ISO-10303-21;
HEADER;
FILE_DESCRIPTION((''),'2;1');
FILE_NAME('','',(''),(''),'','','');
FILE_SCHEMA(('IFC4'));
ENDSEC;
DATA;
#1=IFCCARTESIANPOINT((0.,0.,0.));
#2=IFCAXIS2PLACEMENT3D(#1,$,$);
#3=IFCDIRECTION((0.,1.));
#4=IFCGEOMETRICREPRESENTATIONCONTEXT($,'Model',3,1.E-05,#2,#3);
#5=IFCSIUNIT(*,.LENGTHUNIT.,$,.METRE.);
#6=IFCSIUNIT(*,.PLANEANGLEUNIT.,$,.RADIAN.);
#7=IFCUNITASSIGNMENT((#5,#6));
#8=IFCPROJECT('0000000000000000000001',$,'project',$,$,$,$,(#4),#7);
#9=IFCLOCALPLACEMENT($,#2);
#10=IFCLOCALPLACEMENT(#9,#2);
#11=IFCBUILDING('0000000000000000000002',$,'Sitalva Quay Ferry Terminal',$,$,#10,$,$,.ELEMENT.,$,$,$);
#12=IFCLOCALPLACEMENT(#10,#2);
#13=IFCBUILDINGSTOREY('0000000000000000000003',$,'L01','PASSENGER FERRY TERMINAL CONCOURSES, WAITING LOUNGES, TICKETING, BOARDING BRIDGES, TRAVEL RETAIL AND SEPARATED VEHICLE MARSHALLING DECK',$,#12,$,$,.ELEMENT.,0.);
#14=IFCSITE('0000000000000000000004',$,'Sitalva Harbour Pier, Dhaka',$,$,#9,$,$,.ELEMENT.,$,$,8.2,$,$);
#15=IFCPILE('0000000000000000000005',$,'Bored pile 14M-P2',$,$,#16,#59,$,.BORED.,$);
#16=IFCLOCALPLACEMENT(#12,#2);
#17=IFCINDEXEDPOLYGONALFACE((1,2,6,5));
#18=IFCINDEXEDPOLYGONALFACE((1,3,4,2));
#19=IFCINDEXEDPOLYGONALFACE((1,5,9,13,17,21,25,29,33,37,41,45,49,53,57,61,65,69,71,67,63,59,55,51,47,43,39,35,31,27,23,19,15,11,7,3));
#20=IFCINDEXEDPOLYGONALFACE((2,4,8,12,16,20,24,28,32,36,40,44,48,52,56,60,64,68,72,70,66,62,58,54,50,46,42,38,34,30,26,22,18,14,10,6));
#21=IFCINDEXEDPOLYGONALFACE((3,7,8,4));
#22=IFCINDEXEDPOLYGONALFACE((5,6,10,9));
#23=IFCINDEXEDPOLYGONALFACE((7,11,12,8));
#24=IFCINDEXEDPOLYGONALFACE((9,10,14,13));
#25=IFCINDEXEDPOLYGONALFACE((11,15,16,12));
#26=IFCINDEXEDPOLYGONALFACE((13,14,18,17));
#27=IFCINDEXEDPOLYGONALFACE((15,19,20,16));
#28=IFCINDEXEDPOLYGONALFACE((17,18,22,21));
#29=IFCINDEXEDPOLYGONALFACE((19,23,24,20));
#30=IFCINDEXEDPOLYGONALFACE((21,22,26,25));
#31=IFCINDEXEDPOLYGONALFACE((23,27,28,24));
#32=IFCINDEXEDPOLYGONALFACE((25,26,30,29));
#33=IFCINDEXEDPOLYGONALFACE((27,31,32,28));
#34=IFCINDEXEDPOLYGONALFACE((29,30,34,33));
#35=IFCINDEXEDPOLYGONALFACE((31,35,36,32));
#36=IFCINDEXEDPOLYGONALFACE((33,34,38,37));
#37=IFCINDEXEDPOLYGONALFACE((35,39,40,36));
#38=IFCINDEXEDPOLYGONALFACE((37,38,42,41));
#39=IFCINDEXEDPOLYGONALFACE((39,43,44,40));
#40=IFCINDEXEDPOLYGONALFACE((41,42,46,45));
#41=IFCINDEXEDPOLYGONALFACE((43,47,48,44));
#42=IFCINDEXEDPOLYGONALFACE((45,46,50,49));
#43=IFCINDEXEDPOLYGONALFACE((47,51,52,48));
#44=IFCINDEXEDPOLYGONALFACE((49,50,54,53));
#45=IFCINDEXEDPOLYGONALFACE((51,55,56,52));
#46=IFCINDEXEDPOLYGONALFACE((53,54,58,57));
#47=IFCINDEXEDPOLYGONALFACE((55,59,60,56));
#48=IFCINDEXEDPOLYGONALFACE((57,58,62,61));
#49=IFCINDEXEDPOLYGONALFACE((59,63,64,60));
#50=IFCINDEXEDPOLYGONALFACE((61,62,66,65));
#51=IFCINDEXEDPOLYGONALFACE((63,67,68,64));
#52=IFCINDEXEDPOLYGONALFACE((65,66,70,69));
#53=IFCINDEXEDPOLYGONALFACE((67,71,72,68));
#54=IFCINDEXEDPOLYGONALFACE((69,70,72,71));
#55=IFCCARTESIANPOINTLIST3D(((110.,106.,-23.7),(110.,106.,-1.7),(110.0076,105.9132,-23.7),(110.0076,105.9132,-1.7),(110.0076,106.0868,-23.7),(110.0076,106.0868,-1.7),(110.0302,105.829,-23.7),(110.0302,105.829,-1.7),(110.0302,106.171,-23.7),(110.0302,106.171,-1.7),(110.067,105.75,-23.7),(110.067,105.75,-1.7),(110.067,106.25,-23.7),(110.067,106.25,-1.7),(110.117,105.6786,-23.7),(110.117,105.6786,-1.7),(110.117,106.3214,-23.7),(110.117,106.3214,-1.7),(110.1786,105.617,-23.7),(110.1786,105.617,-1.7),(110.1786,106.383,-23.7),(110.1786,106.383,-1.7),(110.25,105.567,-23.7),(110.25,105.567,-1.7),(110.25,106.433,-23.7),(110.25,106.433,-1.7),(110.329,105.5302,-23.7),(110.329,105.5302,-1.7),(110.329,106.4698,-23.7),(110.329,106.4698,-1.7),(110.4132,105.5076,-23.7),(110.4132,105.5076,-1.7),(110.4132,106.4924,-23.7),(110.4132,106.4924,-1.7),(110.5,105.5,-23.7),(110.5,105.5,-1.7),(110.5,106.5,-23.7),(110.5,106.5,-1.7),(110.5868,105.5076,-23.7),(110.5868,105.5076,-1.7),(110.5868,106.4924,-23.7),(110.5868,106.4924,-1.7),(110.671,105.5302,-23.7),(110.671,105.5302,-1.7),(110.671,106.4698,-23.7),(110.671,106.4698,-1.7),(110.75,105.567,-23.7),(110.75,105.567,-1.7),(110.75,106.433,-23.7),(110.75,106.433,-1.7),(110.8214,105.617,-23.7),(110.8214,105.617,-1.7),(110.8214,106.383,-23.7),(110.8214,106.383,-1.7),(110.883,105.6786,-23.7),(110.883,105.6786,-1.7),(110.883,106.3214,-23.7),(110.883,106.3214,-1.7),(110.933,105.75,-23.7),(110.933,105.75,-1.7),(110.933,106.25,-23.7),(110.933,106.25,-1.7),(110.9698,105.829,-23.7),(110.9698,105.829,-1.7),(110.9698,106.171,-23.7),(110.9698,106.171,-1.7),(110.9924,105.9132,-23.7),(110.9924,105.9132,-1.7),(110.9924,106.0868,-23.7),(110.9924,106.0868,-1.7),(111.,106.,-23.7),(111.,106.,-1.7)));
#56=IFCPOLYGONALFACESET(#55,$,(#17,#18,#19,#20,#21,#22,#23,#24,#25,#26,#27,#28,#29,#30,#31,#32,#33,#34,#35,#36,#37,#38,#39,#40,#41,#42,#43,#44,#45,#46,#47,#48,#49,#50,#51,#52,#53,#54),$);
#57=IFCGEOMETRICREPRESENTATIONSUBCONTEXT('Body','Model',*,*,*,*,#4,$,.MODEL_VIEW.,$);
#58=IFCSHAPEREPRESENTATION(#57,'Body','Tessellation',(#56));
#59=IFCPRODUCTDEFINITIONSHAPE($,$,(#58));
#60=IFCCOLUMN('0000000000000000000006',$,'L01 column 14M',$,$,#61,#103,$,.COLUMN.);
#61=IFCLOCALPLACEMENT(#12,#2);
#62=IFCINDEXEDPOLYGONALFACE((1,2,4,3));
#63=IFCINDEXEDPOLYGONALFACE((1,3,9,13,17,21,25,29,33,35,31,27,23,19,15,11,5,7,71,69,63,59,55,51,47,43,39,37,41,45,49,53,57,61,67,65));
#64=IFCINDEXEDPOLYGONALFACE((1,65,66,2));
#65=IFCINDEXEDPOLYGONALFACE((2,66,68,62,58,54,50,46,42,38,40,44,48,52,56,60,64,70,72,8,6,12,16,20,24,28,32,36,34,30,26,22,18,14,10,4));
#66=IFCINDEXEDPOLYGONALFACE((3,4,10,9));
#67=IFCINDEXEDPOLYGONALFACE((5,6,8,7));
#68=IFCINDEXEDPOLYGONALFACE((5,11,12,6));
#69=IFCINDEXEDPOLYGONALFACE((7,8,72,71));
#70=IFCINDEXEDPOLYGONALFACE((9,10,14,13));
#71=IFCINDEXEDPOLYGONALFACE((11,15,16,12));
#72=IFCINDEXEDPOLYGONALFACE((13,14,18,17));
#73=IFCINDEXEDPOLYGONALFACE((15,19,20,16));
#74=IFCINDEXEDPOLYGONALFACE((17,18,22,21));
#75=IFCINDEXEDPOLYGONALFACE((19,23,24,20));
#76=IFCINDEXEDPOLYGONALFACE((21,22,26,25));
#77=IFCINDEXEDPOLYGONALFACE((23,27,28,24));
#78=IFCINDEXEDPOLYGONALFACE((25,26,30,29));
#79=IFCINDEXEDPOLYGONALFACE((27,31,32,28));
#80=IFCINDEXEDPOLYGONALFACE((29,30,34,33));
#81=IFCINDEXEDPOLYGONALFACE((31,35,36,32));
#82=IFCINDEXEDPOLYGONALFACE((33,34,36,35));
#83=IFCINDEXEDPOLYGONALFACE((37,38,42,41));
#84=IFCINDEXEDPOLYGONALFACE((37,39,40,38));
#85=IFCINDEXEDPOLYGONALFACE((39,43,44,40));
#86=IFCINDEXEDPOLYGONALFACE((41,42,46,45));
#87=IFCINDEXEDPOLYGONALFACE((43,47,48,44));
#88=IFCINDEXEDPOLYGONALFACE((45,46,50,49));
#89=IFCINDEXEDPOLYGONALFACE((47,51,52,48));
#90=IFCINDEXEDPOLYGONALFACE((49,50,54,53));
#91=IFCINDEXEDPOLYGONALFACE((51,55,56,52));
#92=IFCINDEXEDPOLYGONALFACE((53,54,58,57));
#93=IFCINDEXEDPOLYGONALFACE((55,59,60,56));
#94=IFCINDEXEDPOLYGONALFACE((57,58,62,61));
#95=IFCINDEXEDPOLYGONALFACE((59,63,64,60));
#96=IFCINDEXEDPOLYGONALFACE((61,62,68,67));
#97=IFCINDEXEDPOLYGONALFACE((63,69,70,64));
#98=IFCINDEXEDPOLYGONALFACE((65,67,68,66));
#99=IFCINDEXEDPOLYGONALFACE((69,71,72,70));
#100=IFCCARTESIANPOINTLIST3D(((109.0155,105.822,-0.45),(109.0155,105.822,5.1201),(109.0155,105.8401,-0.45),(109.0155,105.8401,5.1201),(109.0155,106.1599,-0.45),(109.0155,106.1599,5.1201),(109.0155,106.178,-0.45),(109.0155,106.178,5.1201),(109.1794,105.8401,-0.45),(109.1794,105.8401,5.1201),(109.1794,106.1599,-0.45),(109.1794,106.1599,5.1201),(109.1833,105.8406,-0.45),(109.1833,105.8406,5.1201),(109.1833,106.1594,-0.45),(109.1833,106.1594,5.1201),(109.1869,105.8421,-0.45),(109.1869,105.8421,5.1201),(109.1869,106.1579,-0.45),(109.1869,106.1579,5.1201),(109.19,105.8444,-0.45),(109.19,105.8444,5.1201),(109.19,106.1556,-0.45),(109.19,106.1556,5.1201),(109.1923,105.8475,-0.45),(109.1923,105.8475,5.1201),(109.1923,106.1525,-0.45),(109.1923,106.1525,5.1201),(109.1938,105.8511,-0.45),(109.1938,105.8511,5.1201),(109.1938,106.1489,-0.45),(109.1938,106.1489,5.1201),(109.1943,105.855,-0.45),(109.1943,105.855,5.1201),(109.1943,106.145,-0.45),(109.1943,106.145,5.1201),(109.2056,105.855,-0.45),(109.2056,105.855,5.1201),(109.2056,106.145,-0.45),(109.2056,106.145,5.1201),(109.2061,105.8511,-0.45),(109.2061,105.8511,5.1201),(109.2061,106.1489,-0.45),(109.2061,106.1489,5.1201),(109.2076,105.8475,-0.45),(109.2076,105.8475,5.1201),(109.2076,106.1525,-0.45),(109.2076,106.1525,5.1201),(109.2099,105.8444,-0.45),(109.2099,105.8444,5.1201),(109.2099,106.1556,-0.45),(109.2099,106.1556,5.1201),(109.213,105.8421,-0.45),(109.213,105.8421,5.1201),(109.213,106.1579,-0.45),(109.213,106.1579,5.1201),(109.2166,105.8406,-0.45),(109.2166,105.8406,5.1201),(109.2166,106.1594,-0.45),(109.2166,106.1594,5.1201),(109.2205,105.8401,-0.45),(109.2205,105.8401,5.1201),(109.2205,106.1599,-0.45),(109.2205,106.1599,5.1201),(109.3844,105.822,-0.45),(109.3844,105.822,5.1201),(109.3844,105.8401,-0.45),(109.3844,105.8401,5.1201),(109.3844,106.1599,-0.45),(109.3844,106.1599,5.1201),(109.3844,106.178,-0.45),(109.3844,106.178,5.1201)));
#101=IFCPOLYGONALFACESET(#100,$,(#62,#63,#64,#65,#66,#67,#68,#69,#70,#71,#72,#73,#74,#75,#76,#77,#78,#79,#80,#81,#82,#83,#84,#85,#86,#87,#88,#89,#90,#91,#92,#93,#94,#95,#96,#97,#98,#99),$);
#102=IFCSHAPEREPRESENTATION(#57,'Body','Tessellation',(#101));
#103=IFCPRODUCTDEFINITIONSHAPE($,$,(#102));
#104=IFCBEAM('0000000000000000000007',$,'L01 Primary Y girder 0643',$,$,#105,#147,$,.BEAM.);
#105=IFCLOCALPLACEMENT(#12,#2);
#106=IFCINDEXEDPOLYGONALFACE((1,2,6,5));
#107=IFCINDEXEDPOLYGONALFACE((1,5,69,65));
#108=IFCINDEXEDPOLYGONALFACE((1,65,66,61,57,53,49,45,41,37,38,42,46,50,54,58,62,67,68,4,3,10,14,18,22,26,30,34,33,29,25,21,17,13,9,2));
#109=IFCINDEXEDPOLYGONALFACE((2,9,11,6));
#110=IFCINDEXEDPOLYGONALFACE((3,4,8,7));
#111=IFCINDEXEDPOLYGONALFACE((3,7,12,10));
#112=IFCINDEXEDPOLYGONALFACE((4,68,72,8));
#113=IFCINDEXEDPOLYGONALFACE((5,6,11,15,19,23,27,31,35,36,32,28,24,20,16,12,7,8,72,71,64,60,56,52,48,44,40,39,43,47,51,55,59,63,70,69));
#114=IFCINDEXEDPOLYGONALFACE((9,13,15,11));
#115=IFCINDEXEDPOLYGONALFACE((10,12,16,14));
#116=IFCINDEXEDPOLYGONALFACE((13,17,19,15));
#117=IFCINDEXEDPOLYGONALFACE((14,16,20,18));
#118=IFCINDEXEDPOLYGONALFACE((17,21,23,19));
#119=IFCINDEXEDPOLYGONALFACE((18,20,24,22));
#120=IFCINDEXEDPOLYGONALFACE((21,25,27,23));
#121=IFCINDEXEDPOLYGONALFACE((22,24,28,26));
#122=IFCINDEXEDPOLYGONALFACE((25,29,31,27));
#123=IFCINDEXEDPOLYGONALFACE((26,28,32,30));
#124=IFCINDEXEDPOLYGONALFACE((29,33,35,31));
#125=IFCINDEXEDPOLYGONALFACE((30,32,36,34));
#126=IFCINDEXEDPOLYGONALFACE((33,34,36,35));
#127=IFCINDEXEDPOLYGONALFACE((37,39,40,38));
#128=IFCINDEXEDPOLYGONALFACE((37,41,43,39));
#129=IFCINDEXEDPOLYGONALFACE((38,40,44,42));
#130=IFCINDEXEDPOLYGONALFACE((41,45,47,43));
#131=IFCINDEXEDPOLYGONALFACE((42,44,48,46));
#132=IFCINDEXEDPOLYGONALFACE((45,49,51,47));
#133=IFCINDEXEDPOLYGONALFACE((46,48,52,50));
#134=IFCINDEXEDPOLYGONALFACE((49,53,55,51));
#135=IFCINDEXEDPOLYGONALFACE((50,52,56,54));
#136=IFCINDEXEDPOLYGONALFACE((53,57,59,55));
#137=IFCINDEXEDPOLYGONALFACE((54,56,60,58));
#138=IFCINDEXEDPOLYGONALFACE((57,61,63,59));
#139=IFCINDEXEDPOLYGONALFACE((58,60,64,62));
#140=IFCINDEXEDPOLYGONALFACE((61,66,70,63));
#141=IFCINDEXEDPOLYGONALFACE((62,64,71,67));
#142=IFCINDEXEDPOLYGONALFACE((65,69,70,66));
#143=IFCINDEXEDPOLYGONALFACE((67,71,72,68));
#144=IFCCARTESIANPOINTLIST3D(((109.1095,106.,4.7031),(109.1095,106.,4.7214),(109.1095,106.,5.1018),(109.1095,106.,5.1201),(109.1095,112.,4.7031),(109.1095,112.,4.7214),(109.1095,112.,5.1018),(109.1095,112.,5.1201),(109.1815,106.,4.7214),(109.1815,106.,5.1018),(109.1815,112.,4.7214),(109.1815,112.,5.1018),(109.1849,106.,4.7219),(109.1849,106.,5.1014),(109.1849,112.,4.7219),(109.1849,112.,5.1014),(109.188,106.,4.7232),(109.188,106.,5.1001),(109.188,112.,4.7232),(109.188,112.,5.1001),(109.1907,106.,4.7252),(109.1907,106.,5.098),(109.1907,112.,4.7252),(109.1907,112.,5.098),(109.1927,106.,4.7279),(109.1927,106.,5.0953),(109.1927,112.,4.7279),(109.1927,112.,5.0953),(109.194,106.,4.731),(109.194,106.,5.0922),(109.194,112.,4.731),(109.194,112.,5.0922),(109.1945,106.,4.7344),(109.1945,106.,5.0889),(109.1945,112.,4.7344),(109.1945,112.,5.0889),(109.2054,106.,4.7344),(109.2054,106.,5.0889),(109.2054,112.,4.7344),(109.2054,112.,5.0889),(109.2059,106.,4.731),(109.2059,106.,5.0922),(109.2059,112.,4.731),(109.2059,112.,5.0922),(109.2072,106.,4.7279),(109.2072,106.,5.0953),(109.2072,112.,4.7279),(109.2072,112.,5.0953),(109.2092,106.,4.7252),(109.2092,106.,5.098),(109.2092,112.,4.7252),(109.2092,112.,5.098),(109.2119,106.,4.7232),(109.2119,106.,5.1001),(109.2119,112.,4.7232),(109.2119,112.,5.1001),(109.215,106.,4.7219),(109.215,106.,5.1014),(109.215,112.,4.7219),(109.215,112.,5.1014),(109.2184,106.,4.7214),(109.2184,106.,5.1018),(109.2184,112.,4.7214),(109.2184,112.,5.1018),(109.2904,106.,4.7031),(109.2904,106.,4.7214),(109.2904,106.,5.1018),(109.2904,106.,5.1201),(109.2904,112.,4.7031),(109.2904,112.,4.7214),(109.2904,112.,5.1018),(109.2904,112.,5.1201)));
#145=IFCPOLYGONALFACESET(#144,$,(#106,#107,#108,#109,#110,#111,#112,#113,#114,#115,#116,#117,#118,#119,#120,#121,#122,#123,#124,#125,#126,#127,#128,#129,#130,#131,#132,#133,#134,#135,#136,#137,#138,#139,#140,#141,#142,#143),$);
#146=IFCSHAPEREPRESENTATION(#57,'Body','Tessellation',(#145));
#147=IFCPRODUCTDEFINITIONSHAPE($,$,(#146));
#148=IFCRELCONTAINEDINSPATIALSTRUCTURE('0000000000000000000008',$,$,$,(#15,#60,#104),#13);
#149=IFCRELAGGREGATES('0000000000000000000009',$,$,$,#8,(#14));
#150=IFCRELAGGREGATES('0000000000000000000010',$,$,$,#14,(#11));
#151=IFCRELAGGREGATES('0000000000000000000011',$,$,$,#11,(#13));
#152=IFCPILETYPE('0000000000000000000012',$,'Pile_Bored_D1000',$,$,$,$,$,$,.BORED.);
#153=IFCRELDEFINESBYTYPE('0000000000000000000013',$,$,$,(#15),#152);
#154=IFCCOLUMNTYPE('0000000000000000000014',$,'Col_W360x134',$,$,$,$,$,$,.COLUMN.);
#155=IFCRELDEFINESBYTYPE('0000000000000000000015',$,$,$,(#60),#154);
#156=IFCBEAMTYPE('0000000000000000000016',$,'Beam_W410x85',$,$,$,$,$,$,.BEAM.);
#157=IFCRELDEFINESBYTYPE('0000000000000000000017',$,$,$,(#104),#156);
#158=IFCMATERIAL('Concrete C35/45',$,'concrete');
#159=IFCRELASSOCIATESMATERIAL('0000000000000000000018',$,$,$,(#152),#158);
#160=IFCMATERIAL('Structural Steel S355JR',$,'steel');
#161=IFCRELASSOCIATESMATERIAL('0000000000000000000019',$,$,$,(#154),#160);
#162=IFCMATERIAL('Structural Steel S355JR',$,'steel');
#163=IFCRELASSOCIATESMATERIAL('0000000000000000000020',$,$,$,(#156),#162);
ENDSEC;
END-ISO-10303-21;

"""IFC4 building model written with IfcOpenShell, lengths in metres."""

from ifc_helpers import new_model, si_unit, direction, frame, origin, origin_2d, place, context, subcontext, project, spatial, circle, i_section, extrude, material, material_profile, profile_set, type_object, element, save


model = new_model("IFC4")

# Units and contexts
model_context = context("Model", 3, precision=1e-05, world=origin(), true_north=direction((0.0, 1.0)))
body_context = subcontext(model_context, "Body", "Model", "MODEL_VIEW")
ifc_project = project(units=[si_unit("LENGTHUNIT", "METRE"), si_unit("PLANEANGLEUNIT", "RADIAN")], contexts=[model_context])

# Site, building, storey
site_placement = place(None, origin())
site = spatial("IfcSite", under=ifc_project, at=site_placement, Name="Sitalva Harbour Pier, Dhaka", CompositionType="ELEMENT", RefElevation=8.2)
building_placement = place(site_placement, origin())
building = spatial("IfcBuilding", under=site, at=building_placement, Name="Sitalva Quay Ferry Terminal", CompositionType="ELEMENT")
storey_placement = place(building_placement, origin())
storey = spatial("IfcBuildingStorey", under=building, at=storey_placement, Name="L01", Description="PASSENGER FERRY TERMINAL CONCOURSES, WAITING LOUNGES, TICKETING, BOARDING BRIDGES, TRAVEL RETAIL AND SEPARATED VEHICLE MARSHALLING DECK", CompositionType="ELEMENT", Elevation=0.0)

# Pile
ifc_material_1 = material(Name="Concrete C35/45", Category="concrete")
ifc_material_profile_1 = material_profile(ifc_material_1, circle(Radius=0.5, at=origin_2d()), Name="PILE-D1000")
ifc_profile_set_1 = profile_set([ifc_material_profile_1], Name="Concrete C35/45")
pile_type = type_object("IfcPileType", Name="Pile_Bored_D1000", PredefinedType="BORED", material=ifc_profile_set_1)
for number, where, z_axis, x_axis, name in (
    (1, (110.5, 106.0, -1.7), (0.0, 0.0, -1.0), (1.0, 0.0, 0.0), "Bored pile 14M-P2"),
):
    element("IfcPile", number, at=place(storey_placement, frame(where, z_axis=z_axis, x_axis=x_axis)), inside=storey, type_object=pile_type, Name=name, PredefinedType="BORED", context=body_context, shape_type="SweptSolid", body=[
        extrude(circle(Radius=0.5, at=origin_2d()), origin(), (0.0, 0.0, 1.0), 22.0),
    ])

# Column
ifc_material_2 = material(Name="Structural Steel S355JR", Category="steel")
ifc_material_profile_2 = material_profile(ifc_material_2, i_section(OverallWidth=0.3689, OverallDepth=0.356, WebThickness=0.0112, FlangeThickness=0.0181, FilletRadius=0.0149, at=origin_2d()), Name="W360x134")
ifc_profile_set_2 = profile_set([ifc_material_profile_2], Name="Structural Steel S355JR")
column_type = type_object("IfcColumnType", Name="Col_W360x134", PredefinedType="COLUMN", material=ifc_profile_set_2)
column_placement = place(storey_placement, frame((109.2, 106.0, -0.45), z_axis=(0.0, 0.0, 1.0), x_axis=(1.0, 0.0, 0.0)))
element("IfcColumn", 2, at=column_placement, inside=storey, type_object=column_type, Name="L01 column 14M", PredefinedType="COLUMN", context=body_context, shape_type="SweptSolid", body=[
    extrude(i_section(OverallWidth=0.3689, OverallDepth=0.356, WebThickness=0.0112, FlangeThickness=0.0181, FilletRadius=0.0149, at=origin_2d()), origin(), (0.0, 0.0, 1.0), 5.5701),
])

# Beam
ifc_material_3 = material(Name="Structural Steel S355JR", Category="steel")
ifc_material_profile_3 = material_profile(ifc_material_3, i_section(OverallWidth=0.1809, OverallDepth=0.417, WebThickness=0.011, FlangeThickness=0.0183, FilletRadius=0.0129, at=origin_2d()), Name="W410x85")
ifc_profile_set_3 = profile_set([ifc_material_profile_3], Name="Structural Steel S355JR")
beam_type_1 = type_object("IfcBeamType", Name="Beam_W410x85", PredefinedType="BEAM", material=ifc_profile_set_3)
beam_1_placement = place(storey_placement, frame((109.2, 106.0, 4.9116), z_axis=(0.0, 1.0, 0.0), x_axis=(-1.0, 0.0, 0.0)))
element("IfcBeam", 3, at=beam_1_placement, inside=storey, type_object=beam_type_1, Name="L01 Primary Y girder 0643", PredefinedType="BEAM", context=body_context, shape_type="SweptSolid", body=[
    extrude(i_section(OverallWidth=0.1809, OverallDepth=0.417, WebThickness=0.011, FlangeThickness=0.0183, FilletRadius=0.0129, at=origin_2d()), origin(), (0.0, 0.0, 1.0), 6.0),
])

save(model, "model.ifc")
